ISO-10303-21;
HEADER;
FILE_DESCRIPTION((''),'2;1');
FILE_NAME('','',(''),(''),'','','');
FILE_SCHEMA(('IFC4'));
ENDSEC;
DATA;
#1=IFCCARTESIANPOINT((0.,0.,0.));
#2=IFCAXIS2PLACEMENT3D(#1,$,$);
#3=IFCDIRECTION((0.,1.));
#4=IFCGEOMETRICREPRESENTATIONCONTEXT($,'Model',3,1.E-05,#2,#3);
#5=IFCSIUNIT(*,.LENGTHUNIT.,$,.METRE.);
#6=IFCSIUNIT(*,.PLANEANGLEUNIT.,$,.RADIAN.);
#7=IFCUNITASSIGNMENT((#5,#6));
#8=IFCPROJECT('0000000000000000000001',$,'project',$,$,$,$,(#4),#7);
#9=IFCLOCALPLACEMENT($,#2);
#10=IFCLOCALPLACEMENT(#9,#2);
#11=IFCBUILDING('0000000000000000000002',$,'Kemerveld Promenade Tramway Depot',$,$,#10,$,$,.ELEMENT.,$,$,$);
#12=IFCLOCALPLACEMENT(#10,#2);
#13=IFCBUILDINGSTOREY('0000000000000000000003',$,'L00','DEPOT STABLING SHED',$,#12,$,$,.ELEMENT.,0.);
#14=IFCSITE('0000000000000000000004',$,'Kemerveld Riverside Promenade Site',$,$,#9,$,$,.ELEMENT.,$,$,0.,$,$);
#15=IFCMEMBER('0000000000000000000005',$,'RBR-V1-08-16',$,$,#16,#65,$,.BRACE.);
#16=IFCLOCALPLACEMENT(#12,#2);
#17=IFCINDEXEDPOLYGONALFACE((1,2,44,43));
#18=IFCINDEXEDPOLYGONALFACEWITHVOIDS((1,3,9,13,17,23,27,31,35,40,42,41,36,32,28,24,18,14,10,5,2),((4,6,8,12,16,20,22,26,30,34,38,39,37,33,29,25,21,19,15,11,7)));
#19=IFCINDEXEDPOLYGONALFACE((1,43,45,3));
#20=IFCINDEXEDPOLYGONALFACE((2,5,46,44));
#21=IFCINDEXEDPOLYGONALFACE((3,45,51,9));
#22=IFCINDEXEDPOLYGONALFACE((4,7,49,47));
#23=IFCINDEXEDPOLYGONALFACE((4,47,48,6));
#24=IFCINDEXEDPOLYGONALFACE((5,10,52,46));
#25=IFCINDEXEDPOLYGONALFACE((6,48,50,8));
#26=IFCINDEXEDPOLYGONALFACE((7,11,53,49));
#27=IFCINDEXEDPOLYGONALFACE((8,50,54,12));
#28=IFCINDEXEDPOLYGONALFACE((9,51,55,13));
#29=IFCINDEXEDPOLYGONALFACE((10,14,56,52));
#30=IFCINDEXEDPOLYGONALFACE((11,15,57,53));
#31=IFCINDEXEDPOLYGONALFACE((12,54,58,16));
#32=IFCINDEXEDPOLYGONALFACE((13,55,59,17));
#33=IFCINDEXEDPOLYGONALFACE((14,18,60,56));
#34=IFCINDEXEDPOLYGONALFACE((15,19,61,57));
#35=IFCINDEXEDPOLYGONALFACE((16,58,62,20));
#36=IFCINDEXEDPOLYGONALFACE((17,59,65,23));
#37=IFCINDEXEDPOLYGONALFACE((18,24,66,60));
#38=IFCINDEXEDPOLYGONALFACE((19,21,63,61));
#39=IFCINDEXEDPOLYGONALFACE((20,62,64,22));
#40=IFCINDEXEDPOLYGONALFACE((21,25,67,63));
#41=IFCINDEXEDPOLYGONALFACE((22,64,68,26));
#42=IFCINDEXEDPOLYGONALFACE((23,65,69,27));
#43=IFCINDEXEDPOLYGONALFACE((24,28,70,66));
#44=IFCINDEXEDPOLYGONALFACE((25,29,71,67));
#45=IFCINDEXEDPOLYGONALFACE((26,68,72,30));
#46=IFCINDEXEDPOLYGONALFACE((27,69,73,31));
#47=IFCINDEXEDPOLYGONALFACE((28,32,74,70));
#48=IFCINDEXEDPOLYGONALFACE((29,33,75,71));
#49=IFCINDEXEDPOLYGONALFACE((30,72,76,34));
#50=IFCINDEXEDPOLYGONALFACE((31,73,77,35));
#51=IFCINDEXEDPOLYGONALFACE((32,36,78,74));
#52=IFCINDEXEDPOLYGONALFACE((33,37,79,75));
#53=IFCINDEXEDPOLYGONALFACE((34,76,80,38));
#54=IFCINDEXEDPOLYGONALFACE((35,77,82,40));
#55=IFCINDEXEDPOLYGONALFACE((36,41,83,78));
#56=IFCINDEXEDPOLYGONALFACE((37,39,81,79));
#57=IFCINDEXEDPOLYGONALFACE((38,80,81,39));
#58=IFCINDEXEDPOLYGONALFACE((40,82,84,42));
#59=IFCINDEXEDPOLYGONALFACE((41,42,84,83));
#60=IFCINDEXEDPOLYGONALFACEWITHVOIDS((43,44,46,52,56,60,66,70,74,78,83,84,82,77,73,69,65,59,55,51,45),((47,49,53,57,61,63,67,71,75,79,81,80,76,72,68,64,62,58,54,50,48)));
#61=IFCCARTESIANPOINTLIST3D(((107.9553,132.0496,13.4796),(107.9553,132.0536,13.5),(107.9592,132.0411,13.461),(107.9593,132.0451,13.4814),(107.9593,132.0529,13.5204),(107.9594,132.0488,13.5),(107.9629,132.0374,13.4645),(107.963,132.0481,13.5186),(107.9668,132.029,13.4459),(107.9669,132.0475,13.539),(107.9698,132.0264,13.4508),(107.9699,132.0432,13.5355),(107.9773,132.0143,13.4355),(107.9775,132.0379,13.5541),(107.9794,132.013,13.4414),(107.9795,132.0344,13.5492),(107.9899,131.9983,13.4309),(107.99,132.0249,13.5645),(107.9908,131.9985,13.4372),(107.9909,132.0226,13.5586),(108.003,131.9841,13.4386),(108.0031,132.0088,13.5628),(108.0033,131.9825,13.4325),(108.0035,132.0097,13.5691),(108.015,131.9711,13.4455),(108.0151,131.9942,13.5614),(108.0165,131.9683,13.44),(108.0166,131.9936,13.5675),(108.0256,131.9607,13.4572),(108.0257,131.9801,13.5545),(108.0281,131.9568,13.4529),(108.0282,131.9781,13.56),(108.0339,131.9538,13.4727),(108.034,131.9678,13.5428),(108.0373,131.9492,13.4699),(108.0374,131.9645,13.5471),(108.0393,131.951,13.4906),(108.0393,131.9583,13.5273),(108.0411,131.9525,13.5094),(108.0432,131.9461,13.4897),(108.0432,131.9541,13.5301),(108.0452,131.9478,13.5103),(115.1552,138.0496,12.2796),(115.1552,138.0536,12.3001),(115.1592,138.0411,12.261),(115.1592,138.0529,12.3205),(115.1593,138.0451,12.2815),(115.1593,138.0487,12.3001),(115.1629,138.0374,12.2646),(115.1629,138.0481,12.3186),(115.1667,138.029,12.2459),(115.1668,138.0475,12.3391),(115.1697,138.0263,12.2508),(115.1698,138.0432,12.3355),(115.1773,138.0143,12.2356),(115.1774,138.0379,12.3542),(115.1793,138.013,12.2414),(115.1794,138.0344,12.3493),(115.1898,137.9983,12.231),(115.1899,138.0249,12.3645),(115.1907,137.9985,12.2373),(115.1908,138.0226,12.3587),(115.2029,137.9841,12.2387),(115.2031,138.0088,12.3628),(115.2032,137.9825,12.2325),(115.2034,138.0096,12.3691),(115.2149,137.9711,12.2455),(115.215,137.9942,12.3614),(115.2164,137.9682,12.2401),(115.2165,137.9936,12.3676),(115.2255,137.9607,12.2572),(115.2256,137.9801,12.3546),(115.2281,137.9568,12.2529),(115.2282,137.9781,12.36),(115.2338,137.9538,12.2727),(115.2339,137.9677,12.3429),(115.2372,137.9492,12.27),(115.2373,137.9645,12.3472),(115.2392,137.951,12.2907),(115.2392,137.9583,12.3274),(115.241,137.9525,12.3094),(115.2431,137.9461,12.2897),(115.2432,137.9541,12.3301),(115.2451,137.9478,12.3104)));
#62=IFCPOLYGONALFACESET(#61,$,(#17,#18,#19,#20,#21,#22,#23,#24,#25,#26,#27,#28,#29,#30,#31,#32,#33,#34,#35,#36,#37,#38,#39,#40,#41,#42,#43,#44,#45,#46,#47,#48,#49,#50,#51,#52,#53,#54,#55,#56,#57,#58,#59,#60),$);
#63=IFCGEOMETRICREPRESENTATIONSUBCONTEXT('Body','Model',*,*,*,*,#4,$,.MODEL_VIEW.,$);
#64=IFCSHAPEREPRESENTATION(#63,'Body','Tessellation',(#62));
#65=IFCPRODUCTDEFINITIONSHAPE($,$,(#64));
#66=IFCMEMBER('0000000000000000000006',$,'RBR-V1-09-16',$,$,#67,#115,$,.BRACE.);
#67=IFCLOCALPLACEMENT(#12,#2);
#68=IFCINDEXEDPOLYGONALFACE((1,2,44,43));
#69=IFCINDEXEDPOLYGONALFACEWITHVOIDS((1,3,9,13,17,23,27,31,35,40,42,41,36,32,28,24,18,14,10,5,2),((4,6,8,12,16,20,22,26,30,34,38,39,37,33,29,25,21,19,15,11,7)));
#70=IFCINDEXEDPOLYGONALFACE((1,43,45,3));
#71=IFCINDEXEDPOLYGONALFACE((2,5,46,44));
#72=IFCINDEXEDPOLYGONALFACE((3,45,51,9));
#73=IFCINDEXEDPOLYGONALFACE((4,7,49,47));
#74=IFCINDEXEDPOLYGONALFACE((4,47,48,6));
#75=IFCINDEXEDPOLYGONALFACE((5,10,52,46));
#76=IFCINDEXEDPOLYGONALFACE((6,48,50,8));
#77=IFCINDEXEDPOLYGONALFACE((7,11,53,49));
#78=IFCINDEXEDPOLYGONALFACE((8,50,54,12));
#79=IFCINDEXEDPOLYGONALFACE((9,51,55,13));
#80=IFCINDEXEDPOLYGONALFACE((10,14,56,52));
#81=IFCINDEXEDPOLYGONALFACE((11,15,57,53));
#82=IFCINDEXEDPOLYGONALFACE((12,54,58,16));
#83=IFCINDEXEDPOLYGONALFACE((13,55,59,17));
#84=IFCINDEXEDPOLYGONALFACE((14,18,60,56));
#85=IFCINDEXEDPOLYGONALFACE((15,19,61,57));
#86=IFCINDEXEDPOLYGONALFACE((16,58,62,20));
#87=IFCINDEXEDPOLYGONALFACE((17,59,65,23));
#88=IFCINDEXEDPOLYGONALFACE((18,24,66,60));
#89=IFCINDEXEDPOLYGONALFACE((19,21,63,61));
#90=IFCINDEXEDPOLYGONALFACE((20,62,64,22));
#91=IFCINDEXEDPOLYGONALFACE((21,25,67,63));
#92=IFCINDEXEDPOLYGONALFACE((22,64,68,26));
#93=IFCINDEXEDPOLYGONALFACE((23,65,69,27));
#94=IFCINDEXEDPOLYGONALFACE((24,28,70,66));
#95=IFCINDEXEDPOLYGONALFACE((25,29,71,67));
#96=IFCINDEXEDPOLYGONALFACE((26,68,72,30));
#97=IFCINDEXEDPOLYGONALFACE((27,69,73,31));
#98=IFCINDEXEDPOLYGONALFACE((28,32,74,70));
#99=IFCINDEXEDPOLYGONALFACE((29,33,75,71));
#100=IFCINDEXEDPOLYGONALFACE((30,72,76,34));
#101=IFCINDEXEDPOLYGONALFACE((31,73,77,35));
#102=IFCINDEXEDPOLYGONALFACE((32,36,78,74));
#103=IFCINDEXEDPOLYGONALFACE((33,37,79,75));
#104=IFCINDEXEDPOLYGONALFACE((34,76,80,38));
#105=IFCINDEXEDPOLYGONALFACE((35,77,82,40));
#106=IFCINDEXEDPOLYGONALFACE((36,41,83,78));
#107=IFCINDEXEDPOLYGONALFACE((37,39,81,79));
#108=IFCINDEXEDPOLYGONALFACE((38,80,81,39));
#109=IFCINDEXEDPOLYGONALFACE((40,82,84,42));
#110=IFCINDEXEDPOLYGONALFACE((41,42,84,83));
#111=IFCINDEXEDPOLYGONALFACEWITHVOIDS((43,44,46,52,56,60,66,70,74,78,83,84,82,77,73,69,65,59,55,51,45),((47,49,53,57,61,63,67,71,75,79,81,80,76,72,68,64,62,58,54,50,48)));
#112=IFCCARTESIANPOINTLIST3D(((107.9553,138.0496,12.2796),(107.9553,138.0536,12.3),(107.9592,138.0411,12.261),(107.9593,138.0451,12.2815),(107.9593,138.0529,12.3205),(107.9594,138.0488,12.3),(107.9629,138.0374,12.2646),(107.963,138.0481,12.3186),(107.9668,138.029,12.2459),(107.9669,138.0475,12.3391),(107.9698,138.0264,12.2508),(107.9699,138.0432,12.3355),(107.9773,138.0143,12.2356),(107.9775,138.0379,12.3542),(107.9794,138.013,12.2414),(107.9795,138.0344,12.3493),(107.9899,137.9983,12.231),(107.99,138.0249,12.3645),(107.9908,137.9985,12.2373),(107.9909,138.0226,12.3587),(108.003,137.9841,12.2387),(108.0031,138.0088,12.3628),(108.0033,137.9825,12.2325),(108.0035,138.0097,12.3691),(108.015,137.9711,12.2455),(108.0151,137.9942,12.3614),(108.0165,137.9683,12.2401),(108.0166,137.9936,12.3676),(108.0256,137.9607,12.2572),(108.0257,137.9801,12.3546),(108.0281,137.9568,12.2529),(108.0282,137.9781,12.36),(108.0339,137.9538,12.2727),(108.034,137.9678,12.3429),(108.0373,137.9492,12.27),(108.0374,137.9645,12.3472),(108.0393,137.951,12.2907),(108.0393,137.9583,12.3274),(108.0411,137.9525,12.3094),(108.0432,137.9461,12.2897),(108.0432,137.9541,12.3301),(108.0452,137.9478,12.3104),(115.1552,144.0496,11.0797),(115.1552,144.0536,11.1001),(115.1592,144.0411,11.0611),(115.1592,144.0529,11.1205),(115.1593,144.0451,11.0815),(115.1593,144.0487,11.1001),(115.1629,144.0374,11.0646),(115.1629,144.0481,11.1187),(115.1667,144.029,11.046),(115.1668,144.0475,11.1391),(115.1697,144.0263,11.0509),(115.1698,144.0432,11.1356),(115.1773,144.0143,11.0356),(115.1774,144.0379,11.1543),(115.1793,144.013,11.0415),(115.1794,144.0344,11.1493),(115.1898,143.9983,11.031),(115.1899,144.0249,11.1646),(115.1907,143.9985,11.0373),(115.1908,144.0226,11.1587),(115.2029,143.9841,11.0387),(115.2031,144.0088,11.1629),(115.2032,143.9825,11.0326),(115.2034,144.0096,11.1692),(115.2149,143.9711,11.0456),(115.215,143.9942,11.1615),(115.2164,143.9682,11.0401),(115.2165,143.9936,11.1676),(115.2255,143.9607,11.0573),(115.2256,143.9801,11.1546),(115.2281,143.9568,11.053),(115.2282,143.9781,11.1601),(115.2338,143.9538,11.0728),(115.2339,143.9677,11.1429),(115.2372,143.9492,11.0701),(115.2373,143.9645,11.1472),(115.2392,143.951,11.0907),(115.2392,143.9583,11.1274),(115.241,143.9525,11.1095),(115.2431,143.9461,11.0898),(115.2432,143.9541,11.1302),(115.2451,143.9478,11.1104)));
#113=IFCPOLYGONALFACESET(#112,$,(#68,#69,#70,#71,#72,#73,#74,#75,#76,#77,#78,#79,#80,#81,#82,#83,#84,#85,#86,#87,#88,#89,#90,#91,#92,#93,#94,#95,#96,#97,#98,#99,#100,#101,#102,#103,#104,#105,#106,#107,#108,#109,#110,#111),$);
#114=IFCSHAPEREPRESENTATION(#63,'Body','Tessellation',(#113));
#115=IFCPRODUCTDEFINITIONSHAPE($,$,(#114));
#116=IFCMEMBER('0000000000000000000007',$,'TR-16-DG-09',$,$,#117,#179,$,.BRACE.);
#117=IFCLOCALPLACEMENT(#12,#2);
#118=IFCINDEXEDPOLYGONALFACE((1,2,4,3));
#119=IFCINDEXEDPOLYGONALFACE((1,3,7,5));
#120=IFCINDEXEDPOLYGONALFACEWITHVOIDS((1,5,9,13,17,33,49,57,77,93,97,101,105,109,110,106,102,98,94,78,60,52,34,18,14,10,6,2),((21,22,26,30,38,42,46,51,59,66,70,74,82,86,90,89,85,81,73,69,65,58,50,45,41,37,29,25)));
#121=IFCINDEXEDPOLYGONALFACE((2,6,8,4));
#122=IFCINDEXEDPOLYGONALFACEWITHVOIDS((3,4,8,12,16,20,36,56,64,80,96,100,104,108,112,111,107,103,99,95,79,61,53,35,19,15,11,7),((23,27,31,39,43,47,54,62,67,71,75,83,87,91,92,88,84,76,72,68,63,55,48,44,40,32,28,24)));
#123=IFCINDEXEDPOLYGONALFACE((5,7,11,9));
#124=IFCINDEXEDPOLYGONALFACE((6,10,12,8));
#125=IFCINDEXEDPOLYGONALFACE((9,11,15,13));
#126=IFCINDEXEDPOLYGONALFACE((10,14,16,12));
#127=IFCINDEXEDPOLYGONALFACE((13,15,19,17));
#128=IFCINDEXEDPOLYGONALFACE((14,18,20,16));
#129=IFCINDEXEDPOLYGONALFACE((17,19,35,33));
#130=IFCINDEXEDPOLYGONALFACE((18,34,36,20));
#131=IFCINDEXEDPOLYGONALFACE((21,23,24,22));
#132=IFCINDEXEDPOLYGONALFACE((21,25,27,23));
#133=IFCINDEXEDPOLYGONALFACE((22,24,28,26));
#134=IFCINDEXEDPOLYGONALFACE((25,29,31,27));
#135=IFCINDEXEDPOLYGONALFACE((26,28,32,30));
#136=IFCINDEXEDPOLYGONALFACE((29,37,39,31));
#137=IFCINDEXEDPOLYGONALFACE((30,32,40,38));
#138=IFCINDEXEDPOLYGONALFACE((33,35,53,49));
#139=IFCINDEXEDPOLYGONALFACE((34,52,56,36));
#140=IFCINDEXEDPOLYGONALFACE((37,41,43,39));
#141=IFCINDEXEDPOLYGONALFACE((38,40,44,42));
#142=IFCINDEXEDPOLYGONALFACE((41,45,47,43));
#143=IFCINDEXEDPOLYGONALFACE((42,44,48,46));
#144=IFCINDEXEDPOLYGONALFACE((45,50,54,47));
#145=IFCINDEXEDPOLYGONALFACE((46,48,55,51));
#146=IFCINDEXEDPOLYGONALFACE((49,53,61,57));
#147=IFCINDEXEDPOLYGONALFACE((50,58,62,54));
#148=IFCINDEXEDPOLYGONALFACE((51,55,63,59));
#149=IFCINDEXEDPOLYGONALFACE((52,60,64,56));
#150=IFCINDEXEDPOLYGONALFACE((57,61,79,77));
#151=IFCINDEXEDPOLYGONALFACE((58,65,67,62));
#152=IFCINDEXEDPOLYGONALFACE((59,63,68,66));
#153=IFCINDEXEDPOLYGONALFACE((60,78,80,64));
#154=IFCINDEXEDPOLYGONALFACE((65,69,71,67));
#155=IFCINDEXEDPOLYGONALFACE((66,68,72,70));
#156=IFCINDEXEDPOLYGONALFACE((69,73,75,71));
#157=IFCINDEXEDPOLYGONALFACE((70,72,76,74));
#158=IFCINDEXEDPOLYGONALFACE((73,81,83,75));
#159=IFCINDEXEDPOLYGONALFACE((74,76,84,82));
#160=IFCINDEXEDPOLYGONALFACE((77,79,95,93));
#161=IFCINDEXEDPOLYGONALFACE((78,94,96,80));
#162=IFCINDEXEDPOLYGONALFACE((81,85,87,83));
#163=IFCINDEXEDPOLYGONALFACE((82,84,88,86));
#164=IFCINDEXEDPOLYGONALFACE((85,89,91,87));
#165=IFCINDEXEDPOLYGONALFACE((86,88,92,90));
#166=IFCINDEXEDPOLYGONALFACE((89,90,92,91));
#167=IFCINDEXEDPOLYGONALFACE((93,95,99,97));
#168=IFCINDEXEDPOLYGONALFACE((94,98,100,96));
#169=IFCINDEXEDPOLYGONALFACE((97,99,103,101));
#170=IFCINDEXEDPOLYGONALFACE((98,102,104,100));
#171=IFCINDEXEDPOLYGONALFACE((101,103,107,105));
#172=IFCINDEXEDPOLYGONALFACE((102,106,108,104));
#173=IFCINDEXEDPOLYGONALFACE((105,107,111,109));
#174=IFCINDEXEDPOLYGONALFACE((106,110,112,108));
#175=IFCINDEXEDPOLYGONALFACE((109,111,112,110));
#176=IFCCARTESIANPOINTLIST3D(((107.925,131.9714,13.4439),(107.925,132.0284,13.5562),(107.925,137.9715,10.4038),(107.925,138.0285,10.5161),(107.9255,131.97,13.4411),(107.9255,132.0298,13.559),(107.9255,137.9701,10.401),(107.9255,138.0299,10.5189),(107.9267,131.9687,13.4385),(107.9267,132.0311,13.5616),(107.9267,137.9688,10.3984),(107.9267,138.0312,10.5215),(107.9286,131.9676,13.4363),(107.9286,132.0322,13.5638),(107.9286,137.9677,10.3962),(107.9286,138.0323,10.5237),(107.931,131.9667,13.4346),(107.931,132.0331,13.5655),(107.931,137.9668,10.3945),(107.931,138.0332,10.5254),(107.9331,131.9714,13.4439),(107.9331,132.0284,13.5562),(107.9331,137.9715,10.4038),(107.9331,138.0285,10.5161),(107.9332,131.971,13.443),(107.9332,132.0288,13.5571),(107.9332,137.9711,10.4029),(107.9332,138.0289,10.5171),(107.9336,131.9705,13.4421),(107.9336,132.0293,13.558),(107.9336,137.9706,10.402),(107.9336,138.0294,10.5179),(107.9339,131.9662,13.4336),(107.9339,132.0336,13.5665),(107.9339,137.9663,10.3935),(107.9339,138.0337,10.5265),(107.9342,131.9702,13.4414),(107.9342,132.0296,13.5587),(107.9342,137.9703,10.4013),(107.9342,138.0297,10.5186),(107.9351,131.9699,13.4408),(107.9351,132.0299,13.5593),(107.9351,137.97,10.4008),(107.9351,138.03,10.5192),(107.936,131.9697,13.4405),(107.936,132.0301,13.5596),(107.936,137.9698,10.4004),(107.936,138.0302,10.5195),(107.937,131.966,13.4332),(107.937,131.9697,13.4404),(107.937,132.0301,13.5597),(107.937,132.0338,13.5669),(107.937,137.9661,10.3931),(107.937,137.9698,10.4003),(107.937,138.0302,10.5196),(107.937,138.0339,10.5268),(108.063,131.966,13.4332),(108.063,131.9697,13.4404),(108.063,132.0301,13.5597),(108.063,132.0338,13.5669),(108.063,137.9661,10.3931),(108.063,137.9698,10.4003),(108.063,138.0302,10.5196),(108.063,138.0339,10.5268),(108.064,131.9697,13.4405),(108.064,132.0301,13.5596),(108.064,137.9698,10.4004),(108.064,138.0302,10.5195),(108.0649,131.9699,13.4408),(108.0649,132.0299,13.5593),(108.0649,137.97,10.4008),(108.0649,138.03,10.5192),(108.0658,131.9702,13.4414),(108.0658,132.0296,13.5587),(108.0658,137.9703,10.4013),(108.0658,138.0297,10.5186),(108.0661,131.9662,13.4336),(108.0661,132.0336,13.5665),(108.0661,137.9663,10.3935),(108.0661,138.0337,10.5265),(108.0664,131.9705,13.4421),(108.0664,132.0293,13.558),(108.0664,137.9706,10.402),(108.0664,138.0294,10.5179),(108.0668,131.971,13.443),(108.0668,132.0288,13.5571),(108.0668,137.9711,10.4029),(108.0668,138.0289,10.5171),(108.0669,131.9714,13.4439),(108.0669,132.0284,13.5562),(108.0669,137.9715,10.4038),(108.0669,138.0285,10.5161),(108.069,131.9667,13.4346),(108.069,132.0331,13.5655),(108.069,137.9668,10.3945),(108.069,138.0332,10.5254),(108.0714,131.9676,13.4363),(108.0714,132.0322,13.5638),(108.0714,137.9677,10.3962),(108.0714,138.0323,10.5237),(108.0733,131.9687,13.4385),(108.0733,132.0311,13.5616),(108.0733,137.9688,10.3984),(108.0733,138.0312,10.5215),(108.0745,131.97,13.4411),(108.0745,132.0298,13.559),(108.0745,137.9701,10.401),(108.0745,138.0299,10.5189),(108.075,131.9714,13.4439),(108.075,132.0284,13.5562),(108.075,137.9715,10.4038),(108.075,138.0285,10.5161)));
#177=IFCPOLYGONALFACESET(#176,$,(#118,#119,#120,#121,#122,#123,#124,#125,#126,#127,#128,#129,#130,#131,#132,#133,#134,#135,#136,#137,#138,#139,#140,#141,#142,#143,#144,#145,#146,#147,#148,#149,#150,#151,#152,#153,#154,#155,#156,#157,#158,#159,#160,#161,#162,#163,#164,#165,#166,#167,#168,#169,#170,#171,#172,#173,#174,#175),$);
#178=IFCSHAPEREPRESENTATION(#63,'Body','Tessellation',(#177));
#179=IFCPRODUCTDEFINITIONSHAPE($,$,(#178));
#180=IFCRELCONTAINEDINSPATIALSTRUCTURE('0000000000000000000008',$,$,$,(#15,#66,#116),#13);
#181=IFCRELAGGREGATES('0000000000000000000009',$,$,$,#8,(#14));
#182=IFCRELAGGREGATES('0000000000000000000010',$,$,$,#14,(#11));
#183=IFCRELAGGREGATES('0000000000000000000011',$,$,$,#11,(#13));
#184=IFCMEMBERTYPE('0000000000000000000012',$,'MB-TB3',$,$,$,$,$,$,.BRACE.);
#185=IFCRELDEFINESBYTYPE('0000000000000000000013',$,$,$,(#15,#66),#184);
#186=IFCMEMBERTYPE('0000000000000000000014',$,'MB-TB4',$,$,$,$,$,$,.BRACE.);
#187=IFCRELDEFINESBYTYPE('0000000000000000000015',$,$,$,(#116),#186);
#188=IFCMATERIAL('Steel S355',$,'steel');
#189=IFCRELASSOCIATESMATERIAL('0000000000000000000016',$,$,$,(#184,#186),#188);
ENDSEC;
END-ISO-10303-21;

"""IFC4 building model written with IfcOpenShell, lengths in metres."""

from ifc_helpers import new_model, si_unit, direction, frame, origin, origin_2d, place, context, subcontext, project, spatial, hollow_rectangle, hollow_circle, extrude, material, material_profile, profile_set, type_object, element, save


model = new_model("IFC4")

# Units and contexts
model_context = context("Model", 3, precision=1e-05, world=origin(), true_north=direction((0.0, 1.0)))
body_context = subcontext(model_context, "Body", "Model", "MODEL_VIEW")
ifc_project = project(units=[si_unit("LENGTHUNIT", "METRE"), si_unit("PLANEANGLEUNIT", "RADIAN")], contexts=[model_context])

# Site, building, storey
site_placement = place(None, origin())
site = spatial("IfcSite", under=ifc_project, at=site_placement, Name="Kemerveld Riverside Promenade Site", CompositionType="ELEMENT", RefElevation=0.0)
building_placement = place(site_placement, origin())
building = spatial("IfcBuilding", under=site, at=building_placement, Name="Kemerveld Promenade Tramway Depot", CompositionType="ELEMENT")
storey_placement = place(building_placement, origin())
storey = spatial("IfcBuildingStorey", under=building, at=storey_placement, Name="L00", Description="DEPOT STABLING SHED", CompositionType="ELEMENT", Elevation=0.0)

# Shared definitions
ifc_material_1 = material(Name="Steel S355", Category="steel")

# Members
ifc_material_profile_1 = material_profile(ifc_material_1, hollow_circle(Radius=0.0698, WallThickness=0.0063, at=origin_2d()), Name="139.7x6.3 CHS")
ifc_profile_set_1 = profile_set([ifc_material_profile_1], Name="Steel S355")
member_type_1 = type_object("IfcMemberType", Name="MB-TB3", PredefinedType="BRACE", material=ifc_profile_set_1)
for number, where, z_axis, x_axis, name in (
    (1, (108.0, 132.0, 13.5), (0.761999, 0.635004, -0.126996), (-0.640187, 0.768219, 0.0), "RBR-V1-08-16"),
    (2, (108.0, 138.0, 12.3), (0.761999, 0.635004, -0.126996), (-0.640187, 0.768219, 0.0), "RBR-V1-09-16"),
):
    element("IfcMember", number, at=place(storey_placement, frame(where, z_axis=z_axis, x_axis=x_axis)), inside=storey, type_object=member_type_1, Name=name, PredefinedType="BRACE", context=body_context, shape_type="SweptSolid", body=[
        extrude(hollow_circle(Radius=0.0698, WallThickness=0.0063, at=origin_2d()), origin(), (0.0, 0.0, 1.0), 9.4487),
    ])
ifc_material_profile_2 = material_profile(ifc_material_1, hollow_rectangle(XDim=0.1499, YDim=0.1499, WallThickness=0.0081, InnerFilletRadius=0.0039, OuterFilletRadius=0.012, at=origin_2d()), Name="150x150x8.0 SHS")
ifc_profile_set_2 = profile_set([ifc_material_profile_2], Name="Steel S355")
member_type_2 = type_object("IfcMemberType", Name="MB-TB4", PredefinedType="BRACE", material=ifc_profile_set_2)
member_1_placement = place(storey_placement, frame((108.0, 138.0, 10.46), z_axis=(0.0, -0.892033, 0.451969), x_axis=(1.0, 0.0, 0.0)))
element("IfcMember", 3, at=member_1_placement, inside=storey, type_object=member_type_2, Name="TR-16-DG-09", PredefinedType="BRACE", context=body_context, shape_type="SweptSolid", body=[
    extrude(hollow_rectangle(XDim=0.1499, YDim=0.1499, WallThickness=0.0081, InnerFilletRadius=0.0039, OuterFilletRadius=0.012, at=origin_2d()), origin(), (0.0, 0.0, 1.0), 6.7263),
])

save(model, "model.ifc")
